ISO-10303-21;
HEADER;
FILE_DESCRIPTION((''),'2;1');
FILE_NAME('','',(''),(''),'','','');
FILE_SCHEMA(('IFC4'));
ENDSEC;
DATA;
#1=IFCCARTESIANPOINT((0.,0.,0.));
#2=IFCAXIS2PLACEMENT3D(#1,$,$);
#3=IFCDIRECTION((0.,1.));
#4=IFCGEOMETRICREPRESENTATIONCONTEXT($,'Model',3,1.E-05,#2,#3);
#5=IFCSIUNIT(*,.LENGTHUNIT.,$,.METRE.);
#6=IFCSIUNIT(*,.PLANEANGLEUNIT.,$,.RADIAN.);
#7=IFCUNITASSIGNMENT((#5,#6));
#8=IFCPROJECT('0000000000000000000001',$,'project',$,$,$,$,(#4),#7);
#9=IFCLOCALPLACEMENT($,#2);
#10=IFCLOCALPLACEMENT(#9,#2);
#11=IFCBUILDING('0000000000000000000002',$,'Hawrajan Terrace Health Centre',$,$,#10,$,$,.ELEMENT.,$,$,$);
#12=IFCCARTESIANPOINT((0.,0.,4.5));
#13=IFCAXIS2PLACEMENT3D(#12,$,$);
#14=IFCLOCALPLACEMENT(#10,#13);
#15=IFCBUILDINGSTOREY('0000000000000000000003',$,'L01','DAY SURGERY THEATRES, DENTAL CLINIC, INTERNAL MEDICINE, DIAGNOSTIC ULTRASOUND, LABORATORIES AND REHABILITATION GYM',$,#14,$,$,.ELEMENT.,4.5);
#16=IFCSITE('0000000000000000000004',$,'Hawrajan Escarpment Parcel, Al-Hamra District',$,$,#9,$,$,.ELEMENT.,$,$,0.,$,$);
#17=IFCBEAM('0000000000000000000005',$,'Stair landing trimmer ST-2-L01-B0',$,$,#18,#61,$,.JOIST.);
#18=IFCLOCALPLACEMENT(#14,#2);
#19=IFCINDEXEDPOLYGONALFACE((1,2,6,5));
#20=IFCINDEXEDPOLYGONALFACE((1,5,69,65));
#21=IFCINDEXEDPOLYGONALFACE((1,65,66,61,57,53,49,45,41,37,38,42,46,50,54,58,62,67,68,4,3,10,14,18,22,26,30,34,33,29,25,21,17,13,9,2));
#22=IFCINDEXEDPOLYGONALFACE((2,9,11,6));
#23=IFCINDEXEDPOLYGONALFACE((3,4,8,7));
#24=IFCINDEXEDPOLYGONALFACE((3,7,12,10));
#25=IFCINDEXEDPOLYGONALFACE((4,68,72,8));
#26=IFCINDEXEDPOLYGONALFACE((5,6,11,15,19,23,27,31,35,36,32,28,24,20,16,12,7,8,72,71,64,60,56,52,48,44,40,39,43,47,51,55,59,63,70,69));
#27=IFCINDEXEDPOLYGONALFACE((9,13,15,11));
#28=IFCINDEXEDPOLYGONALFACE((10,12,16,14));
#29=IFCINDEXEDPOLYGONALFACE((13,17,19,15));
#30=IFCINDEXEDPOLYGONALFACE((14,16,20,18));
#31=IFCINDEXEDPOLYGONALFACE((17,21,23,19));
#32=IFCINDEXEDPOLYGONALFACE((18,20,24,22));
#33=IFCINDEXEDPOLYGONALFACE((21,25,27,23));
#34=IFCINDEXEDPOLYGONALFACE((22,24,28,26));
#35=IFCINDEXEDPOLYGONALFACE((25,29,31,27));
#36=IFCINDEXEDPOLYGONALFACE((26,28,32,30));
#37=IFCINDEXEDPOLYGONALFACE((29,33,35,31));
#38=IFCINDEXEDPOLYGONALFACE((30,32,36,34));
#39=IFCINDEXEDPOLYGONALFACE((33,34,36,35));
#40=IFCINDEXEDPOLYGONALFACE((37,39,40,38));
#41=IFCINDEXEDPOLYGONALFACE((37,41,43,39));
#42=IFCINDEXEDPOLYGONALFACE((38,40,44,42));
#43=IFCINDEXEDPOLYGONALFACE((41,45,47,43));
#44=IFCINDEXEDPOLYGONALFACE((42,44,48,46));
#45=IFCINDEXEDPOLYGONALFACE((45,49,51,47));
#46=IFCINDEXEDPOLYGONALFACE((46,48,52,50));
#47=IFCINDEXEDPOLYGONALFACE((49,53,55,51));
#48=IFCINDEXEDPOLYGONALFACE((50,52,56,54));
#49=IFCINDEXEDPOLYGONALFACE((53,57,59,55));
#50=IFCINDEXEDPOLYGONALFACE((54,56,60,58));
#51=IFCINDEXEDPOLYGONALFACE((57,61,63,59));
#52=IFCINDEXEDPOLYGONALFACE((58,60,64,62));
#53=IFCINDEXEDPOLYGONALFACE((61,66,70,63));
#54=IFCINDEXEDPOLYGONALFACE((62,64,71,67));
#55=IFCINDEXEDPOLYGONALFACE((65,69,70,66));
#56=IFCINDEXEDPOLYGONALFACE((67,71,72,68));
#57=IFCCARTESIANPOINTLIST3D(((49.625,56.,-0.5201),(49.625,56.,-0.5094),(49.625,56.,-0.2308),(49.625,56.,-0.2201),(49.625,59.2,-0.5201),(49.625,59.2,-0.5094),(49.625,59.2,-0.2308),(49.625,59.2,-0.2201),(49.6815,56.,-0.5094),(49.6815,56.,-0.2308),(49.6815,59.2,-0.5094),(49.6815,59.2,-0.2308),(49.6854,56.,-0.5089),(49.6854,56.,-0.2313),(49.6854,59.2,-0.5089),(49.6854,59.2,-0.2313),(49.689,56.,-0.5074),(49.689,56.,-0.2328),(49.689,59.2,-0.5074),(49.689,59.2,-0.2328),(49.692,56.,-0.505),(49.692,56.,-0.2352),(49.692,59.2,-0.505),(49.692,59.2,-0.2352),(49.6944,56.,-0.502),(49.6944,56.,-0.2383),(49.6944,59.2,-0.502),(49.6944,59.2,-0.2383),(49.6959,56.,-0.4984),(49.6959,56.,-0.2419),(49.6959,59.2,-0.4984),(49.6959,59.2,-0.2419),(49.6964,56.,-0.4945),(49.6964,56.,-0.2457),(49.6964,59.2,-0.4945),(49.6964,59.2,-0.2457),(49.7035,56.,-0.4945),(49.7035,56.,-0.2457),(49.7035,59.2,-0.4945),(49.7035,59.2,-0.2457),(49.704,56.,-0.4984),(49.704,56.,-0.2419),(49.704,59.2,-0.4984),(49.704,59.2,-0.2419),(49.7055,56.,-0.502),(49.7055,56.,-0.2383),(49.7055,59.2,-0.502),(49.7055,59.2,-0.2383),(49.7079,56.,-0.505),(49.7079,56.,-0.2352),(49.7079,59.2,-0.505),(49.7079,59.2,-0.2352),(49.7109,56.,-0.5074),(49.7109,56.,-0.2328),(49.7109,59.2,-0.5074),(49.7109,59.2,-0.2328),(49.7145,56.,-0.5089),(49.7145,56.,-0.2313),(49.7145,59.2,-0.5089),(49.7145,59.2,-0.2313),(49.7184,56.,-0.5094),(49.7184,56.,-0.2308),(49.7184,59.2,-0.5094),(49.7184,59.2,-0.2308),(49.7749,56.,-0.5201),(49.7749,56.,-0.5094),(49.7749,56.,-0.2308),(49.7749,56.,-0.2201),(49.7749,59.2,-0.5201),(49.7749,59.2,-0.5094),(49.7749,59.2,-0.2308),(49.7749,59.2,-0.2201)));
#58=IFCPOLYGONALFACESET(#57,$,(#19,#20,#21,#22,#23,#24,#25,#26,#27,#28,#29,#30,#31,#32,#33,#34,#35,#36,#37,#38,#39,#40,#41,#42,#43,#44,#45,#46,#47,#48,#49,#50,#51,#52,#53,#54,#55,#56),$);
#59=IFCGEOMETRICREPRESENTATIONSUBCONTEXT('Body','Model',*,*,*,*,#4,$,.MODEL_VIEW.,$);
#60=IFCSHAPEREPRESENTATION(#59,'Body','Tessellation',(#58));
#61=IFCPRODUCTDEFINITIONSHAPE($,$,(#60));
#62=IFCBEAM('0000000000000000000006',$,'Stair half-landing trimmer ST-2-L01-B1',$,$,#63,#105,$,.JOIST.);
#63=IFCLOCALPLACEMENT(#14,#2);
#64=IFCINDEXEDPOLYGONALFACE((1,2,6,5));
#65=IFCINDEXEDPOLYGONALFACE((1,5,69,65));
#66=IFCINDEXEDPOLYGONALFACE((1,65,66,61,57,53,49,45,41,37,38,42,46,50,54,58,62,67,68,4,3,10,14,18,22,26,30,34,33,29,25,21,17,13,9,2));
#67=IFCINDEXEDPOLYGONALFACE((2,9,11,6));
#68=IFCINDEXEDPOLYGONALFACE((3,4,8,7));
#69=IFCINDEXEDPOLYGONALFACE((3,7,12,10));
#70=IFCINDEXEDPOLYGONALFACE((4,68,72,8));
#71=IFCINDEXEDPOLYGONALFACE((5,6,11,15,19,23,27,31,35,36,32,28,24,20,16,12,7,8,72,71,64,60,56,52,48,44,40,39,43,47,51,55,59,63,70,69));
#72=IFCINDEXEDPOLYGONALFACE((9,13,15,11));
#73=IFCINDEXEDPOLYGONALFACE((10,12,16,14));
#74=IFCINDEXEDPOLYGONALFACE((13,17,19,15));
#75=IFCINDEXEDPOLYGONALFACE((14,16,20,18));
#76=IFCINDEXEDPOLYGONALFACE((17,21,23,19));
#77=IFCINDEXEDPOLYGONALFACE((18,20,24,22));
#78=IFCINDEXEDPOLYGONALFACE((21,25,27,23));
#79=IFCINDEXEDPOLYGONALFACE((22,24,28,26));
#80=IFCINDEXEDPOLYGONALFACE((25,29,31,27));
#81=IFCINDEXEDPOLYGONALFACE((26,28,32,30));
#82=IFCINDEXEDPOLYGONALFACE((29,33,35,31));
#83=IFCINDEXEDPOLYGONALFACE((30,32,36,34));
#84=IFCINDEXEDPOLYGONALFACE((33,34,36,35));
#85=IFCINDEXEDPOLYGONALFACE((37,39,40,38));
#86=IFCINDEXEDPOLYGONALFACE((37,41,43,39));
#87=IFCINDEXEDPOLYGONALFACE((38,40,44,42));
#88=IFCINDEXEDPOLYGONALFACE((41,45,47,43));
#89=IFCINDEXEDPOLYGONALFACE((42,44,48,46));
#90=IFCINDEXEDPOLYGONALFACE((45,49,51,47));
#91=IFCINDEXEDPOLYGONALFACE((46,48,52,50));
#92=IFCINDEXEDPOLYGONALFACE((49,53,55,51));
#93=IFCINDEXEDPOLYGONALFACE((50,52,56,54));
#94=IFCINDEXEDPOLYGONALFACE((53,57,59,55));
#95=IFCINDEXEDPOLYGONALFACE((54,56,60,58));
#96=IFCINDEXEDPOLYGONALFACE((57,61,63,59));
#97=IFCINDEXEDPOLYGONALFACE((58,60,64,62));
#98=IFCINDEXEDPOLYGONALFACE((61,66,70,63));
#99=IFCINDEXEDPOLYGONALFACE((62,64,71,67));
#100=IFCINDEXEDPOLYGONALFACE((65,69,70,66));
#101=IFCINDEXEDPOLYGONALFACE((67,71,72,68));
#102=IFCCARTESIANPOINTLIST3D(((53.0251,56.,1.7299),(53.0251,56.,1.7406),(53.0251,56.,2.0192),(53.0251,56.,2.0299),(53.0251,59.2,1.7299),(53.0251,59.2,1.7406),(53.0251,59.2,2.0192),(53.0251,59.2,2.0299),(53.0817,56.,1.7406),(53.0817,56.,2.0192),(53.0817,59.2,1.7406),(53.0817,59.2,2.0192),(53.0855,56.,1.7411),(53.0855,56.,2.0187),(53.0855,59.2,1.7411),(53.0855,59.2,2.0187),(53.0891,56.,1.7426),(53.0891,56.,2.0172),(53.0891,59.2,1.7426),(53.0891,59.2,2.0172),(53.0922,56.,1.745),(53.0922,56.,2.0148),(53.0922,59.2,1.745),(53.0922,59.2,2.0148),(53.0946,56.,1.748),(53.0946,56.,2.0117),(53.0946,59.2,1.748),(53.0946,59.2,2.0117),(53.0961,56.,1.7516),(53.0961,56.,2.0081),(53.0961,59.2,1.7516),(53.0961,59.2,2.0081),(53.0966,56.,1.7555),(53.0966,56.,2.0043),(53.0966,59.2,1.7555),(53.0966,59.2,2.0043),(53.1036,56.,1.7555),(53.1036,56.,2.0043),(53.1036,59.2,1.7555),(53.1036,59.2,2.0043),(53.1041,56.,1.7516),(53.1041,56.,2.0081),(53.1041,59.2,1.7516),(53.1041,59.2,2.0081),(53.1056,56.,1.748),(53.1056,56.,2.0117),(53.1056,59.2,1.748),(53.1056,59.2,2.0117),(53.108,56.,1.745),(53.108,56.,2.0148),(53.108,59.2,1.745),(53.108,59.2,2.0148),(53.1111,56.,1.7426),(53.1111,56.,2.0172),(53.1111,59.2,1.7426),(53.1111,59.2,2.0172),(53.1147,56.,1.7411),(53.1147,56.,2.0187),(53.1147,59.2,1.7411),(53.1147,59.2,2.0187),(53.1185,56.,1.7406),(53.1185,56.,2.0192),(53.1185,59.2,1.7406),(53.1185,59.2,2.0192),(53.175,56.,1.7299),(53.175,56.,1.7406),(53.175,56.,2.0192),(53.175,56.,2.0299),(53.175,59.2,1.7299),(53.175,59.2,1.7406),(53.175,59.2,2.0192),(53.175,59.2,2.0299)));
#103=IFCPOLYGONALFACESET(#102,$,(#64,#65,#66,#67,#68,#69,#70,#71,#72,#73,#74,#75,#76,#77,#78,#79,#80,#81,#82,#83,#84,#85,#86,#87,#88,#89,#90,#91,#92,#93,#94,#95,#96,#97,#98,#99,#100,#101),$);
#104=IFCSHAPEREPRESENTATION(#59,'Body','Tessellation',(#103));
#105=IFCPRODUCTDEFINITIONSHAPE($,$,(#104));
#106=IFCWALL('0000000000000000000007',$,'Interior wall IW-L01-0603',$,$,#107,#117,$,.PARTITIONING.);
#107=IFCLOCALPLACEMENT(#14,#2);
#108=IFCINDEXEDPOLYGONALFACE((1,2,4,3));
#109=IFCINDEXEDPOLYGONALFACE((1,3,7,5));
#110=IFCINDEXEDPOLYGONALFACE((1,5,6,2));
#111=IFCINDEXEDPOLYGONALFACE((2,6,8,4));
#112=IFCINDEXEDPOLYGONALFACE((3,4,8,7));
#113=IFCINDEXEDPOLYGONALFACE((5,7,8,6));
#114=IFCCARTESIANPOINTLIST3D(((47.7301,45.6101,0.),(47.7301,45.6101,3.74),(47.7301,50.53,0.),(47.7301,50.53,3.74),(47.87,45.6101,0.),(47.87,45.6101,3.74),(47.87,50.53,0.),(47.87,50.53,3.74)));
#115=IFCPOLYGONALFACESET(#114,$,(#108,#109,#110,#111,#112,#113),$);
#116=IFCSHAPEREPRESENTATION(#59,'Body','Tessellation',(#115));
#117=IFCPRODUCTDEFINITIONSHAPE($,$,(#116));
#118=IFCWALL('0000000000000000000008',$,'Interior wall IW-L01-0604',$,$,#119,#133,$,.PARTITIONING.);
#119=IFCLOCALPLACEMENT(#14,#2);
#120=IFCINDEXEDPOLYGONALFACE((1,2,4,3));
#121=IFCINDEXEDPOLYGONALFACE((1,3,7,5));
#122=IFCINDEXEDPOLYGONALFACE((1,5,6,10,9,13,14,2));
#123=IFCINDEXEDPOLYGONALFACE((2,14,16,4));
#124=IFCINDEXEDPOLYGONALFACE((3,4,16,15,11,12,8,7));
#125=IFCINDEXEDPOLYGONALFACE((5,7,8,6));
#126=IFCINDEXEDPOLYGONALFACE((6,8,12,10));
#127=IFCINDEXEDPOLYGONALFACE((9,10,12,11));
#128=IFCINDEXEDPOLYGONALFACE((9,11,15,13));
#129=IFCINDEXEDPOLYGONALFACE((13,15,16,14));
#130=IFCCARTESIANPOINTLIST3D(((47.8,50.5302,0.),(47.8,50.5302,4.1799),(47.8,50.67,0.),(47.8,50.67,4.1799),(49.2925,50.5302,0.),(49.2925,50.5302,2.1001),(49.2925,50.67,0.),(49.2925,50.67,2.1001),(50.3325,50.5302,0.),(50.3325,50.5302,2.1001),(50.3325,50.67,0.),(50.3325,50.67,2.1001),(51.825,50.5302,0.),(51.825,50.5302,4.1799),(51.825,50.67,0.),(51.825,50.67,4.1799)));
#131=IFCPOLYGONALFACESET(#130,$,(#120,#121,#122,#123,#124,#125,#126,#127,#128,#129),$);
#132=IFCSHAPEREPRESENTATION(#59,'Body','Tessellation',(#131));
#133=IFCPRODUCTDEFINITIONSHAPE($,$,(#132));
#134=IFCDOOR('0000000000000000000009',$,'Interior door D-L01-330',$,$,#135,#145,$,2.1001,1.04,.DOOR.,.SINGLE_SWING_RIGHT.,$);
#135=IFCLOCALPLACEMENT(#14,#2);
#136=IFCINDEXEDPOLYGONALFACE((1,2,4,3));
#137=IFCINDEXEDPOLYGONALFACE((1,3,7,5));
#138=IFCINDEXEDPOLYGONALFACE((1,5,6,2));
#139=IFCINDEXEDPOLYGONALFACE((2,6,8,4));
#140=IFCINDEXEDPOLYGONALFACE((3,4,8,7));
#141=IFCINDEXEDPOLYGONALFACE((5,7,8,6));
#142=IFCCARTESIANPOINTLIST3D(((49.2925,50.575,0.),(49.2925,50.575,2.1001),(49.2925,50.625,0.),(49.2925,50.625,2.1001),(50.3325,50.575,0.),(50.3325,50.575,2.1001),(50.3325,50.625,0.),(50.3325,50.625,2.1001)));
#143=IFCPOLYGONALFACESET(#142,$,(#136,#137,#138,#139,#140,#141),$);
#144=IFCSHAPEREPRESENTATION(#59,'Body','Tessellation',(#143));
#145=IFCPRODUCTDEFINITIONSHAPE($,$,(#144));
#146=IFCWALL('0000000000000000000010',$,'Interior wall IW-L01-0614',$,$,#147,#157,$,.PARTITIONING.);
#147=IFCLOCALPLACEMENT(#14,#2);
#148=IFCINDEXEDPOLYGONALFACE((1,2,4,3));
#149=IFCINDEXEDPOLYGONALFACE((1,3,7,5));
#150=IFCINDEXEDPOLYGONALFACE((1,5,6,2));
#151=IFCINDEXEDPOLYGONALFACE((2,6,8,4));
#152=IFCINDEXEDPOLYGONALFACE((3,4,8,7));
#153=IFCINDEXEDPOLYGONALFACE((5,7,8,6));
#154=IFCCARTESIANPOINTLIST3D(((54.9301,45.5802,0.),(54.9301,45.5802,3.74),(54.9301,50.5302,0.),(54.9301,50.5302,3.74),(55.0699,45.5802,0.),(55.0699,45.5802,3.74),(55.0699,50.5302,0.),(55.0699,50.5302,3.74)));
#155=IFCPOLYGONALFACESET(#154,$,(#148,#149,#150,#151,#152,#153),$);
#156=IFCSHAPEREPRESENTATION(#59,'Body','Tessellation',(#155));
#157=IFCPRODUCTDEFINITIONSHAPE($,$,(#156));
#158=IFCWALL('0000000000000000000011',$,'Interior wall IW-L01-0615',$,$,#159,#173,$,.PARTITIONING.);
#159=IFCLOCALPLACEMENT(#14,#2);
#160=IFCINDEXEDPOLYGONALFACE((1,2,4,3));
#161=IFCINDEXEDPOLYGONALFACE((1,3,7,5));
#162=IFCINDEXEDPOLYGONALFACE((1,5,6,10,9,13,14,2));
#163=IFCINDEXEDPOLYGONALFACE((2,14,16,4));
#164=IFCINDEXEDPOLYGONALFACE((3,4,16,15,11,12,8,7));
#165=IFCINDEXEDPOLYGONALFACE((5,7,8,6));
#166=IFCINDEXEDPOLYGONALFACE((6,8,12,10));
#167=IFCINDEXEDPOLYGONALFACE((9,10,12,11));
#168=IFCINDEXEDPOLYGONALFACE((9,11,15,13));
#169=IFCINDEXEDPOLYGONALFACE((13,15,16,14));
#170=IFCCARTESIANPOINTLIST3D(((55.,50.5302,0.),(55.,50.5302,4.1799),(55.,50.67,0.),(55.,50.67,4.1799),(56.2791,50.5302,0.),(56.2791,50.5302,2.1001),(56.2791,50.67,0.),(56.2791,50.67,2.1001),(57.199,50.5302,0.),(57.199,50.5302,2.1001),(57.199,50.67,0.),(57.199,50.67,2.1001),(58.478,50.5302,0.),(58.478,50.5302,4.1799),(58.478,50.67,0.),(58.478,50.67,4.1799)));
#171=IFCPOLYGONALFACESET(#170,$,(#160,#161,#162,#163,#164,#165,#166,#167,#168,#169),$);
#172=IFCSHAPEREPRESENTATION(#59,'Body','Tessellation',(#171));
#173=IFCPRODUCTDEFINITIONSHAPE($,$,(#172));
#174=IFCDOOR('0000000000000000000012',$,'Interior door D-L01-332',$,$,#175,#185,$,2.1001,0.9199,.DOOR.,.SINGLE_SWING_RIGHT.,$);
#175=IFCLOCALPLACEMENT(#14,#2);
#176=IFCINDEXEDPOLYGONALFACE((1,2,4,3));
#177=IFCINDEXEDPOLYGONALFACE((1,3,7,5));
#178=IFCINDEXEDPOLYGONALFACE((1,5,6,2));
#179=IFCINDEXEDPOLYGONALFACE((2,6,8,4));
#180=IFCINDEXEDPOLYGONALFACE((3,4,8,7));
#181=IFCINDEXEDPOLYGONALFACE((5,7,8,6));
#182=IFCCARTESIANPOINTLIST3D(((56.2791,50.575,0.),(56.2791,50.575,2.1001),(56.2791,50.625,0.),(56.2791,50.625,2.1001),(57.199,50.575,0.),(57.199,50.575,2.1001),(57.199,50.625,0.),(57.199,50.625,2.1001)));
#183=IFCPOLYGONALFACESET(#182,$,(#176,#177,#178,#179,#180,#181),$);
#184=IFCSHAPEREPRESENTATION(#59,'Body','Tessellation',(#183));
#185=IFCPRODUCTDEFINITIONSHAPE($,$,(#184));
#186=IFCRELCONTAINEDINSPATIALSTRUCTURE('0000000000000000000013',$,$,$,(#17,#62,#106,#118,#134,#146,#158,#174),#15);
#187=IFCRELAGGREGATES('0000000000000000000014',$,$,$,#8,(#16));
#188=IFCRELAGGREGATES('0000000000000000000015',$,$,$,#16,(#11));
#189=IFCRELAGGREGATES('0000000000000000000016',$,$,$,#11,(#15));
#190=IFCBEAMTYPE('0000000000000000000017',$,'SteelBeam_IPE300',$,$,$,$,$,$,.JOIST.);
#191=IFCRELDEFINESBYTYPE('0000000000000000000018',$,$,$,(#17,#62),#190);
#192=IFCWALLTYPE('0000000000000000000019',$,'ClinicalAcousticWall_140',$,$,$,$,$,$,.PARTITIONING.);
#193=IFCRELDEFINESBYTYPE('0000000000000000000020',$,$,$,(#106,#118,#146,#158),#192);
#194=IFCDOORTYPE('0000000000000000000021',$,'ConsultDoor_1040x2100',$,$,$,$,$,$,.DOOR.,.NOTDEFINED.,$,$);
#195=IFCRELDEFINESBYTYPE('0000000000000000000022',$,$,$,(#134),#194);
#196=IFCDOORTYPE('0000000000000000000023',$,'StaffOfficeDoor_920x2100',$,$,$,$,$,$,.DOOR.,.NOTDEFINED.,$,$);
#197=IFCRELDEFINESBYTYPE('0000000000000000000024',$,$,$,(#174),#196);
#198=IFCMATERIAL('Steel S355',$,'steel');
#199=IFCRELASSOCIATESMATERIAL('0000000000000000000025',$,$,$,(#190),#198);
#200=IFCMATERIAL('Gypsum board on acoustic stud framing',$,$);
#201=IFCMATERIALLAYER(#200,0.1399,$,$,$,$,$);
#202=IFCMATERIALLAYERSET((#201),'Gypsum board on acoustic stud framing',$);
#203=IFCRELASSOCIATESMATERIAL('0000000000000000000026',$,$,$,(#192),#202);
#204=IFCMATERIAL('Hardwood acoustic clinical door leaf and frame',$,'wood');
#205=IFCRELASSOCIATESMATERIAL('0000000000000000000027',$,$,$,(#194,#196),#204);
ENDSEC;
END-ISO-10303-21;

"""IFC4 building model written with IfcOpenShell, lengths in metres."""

from ifc_helpers import new_model, si_unit, direction, frame, frame_2d, origin, origin_2d, place, context, subcontext, project, spatial, rectangle, i_section, extrude, material, layer, layer_set, material_profile, profile_set, type_object, element, fill, save


model = new_model("IFC4")

# Units and contexts
model_context = context("Model", 3, precision=1e-05, world=origin(), true_north=direction((0.0, 1.0)))
body_context = subcontext(model_context, "Body", "Model", "MODEL_VIEW")
ifc_project = project(units=[si_unit("LENGTHUNIT", "METRE"), si_unit("PLANEANGLEUNIT", "RADIAN")], contexts=[model_context])

# Site, building, storey
site_placement = place(None, origin())
site = spatial("IfcSite", under=ifc_project, at=site_placement, Name="Hawrajan Escarpment Parcel, Al-Hamra District", CompositionType="ELEMENT", RefElevation=0.0)
building_placement = place(site_placement, origin())
building = spatial("IfcBuilding", under=site, at=building_placement, Name="Hawrajan Terrace Health Centre", CompositionType="ELEMENT")
storey_placement = place(building_placement, frame((0.0, 0.0, 4.5)))
storey = spatial("IfcBuildingStorey", under=building, at=storey_placement, Name="L01", Description="DAY SURGERY THEATRES, DENTAL CLINIC, INTERNAL MEDICINE, DIAGNOSTIC ULTRASOUND, LABORATORIES AND REHABILITATION GYM", CompositionType="ELEMENT", Elevation=4.5)

# Beams
ifc_material_1 = material(Name="Steel S355", Category="steel")
ifc_material_profile_1 = material_profile(ifc_material_1, i_section(OverallWidth=0.1499, OverallDepth=0.3, WebThickness=0.0071, FlangeThickness=0.0107, FilletRadius=0.0149, at=origin_2d()), Name="IPE 300")
ifc_profile_set_1 = profile_set([ifc_material_profile_1], Name="Steel S355")
beam_type_1 = type_object("IfcBeamType", Name="SteelBeam_IPE300", PredefinedType="JOIST", material=ifc_profile_set_1)
for number, where, z_axis, x_axis, name in (
    (1, (49.7, 56.0, -0.3701), (0.0, 1.0, 0.0), (-1.0, 0.0, 0.0), "Stair landing trimmer ST-2-L01-B0"),
    (2, (53.1001, 56.0, 1.8799), (0.0, 1.0, 0.0), (-1.0, 0.0, 0.0), "Stair half-landing trimmer ST-2-L01-B1"),
):
    element("IfcBeam", number, at=place(storey_placement, frame(where, z_axis=z_axis, x_axis=x_axis)), inside=storey, type_object=beam_type_1, Name=name, PredefinedType="JOIST", context=body_context, shape_type="SweptSolid", body=[
        extrude(i_section(OverallWidth=0.1499, OverallDepth=0.3, WebThickness=0.0071, FlangeThickness=0.0107, FilletRadius=0.0149, at=origin_2d()), origin(), (0.0, 0.0, 1.0), 3.2),
    ])

# Wall
ifc_material_2 = material(Name="Gypsum board on acoustic stud framing")
ifc_layer_1 = layer(ifc_material_2, 0.1399)
ifc_layer_set_1 = layer_set([ifc_layer_1], Name="Gypsum board on acoustic stud framing")
wall_type_1 = type_object("IfcWallType", Name="ClinicalAcousticWall_140", PredefinedType="PARTITIONING", material=ifc_layer_set_1)
wall_1_placement = place(storey_placement, frame((47.8, 45.6101, 0.0), z_axis=(0.0, 0.0, 1.0), x_axis=(0.0, 1.0, 0.0)))
element("IfcWall", 3, at=wall_1_placement, inside=storey, type_object=wall_type_1, Name="Interior wall IW-L01-0603", PredefinedType="PARTITIONING", context=body_context, shape_type="SweptSolid", body=[
    extrude(rectangle(XDim=4.9199, YDim=0.1399, at=frame_2d((2.46, 0.0))), origin(), (0.0, 0.0, 1.0), 3.74),
])

# Wall, opening, door
wall_2_placement = place(storey_placement, frame((47.8, 50.6001, 0.0), z_axis=(0.0, 0.0, 1.0), x_axis=(1.0, 0.0, 0.0)))
wall_2 = element("IfcWall", 4, at=wall_2_placement, inside=storey, type_object=wall_type_1, Name="Interior wall IW-L01-0604", PredefinedType="PARTITIONING", context=body_context, shape_type="SweptSolid", body=[
    extrude(rectangle(XDim=4.0249, YDim=0.1399, at=frame_2d((2.0125, 0.0))), origin(), (0.0, 0.0, 1.0), 4.1799),
])
opening_1_placement = place(wall_2_placement, frame((1.4924, 0.0, 0.0)))
opening_1 = element("IfcOpeningElement", 5, at=opening_1_placement, cuts=wall_2, PredefinedType="OPENING", context=body_context, shape_type="SweptSolid", body=[
    extrude(rectangle(XDim=1.04, YDim=2.1001, at=frame_2d((0.52, 1.05))), frame((0.0, 0.0798, 0.0), z_axis=(0.0, -1.0, 0.0), x_axis=(1.0, 0.0, 0.0)), (0.0, 0.0, 1.0), 0.1599),
])
ifc_material_3 = material(Name="Hardwood acoustic clinical door leaf and frame", Category="wood")
door_type_1 = type_object("IfcDoorType", Name="ConsultDoor_1040x2100", OperationType="NOTDEFINED", PredefinedType="DOOR", material=ifc_material_3)
door_1_placement = place(opening_1_placement, origin())
door_1 = element("IfcDoor", 6, at=door_1_placement, inside=storey, type_object=door_type_1, Name="Interior door D-L01-330", OperationType="SINGLE_SWING_RIGHT", OverallHeight=2.1001, OverallWidth=1.04, PredefinedType="DOOR", context=body_context, shape_type="SweptSolid", body=[
    extrude(rectangle(XDim=1.04, YDim=2.1001, at=frame_2d((0.52, 1.05))), frame((0.0, 0.0249, 0.0), z_axis=(0.0, -1.0, 0.0), x_axis=(1.0, 0.0, 0.0)), (0.0, 0.0, 1.0), 0.05),
])
fill(opening_1, door_1)

# Wall
wall_3_placement = place(storey_placement, frame((55.0, 45.5801, 0.0), z_axis=(0.0, 0.0, 1.0), x_axis=(0.0, 1.0, 0.0)))
element("IfcWall", 7, at=wall_3_placement, inside=storey, type_object=wall_type_1, Name="Interior wall IW-L01-0614", PredefinedType="PARTITIONING", context=body_context, shape_type="SweptSolid", body=[
    extrude(rectangle(XDim=4.95, YDim=0.1399, at=frame_2d((2.4751, 0.0))), origin(), (0.0, 0.0, 1.0), 3.74),
])

# Wall, opening, door
wall_4_placement = place(storey_placement, frame((55.0, 50.6001, 0.0), z_axis=(0.0, 0.0, 1.0), x_axis=(1.0, 0.0, 0.0)))
wall_4 = element("IfcWall", 8, at=wall_4_placement, inside=storey, type_object=wall_type_1, Name="Interior wall IW-L01-0615", PredefinedType="PARTITIONING", context=body_context, shape_type="SweptSolid", body=[
    extrude(rectangle(XDim=3.478, YDim=0.1399, at=frame_2d((1.739, 0.0))), origin(), (0.0, 0.0, 1.0), 4.1799),
])
opening_2_placement = place(wall_4_placement, frame((1.2791, 0.0, 0.0)))
opening_2 = element("IfcOpeningElement", 9, at=opening_2_placement, cuts=wall_4, PredefinedType="OPENING", context=body_context, shape_type="SweptSolid", body=[
    extrude(rectangle(XDim=0.9199, YDim=2.1001, at=frame_2d((0.46, 1.05))), frame((0.0, 0.0798, 0.0), z_axis=(0.0, -1.0, 0.0), x_axis=(1.0, 0.0, 0.0)), (0.0, 0.0, 1.0), 0.1599),
])
door_type_2 = type_object("IfcDoorType", Name="StaffOfficeDoor_920x2100", OperationType="NOTDEFINED", PredefinedType="DOOR", material=ifc_material_3)
door_2_placement = place(opening_2_placement, origin())
door_2 = element("IfcDoor", 10, at=door_2_placement, inside=storey, type_object=door_type_2, Name="Interior door D-L01-332", OperationType="SINGLE_SWING_RIGHT", OverallHeight=2.1001, OverallWidth=0.9199, PredefinedType="DOOR", context=body_context, shape_type="SweptSolid", body=[
    extrude(rectangle(XDim=0.9199, YDim=2.1001, at=frame_2d((0.46, 1.05))), frame((0.0, 0.0249, 0.0), z_axis=(0.0, -1.0, 0.0), x_axis=(1.0, 0.0, 0.0)), (0.0, 0.0, 1.0), 0.05),
])
fill(opening_2, door_2)

save(model, "model.ifc")
